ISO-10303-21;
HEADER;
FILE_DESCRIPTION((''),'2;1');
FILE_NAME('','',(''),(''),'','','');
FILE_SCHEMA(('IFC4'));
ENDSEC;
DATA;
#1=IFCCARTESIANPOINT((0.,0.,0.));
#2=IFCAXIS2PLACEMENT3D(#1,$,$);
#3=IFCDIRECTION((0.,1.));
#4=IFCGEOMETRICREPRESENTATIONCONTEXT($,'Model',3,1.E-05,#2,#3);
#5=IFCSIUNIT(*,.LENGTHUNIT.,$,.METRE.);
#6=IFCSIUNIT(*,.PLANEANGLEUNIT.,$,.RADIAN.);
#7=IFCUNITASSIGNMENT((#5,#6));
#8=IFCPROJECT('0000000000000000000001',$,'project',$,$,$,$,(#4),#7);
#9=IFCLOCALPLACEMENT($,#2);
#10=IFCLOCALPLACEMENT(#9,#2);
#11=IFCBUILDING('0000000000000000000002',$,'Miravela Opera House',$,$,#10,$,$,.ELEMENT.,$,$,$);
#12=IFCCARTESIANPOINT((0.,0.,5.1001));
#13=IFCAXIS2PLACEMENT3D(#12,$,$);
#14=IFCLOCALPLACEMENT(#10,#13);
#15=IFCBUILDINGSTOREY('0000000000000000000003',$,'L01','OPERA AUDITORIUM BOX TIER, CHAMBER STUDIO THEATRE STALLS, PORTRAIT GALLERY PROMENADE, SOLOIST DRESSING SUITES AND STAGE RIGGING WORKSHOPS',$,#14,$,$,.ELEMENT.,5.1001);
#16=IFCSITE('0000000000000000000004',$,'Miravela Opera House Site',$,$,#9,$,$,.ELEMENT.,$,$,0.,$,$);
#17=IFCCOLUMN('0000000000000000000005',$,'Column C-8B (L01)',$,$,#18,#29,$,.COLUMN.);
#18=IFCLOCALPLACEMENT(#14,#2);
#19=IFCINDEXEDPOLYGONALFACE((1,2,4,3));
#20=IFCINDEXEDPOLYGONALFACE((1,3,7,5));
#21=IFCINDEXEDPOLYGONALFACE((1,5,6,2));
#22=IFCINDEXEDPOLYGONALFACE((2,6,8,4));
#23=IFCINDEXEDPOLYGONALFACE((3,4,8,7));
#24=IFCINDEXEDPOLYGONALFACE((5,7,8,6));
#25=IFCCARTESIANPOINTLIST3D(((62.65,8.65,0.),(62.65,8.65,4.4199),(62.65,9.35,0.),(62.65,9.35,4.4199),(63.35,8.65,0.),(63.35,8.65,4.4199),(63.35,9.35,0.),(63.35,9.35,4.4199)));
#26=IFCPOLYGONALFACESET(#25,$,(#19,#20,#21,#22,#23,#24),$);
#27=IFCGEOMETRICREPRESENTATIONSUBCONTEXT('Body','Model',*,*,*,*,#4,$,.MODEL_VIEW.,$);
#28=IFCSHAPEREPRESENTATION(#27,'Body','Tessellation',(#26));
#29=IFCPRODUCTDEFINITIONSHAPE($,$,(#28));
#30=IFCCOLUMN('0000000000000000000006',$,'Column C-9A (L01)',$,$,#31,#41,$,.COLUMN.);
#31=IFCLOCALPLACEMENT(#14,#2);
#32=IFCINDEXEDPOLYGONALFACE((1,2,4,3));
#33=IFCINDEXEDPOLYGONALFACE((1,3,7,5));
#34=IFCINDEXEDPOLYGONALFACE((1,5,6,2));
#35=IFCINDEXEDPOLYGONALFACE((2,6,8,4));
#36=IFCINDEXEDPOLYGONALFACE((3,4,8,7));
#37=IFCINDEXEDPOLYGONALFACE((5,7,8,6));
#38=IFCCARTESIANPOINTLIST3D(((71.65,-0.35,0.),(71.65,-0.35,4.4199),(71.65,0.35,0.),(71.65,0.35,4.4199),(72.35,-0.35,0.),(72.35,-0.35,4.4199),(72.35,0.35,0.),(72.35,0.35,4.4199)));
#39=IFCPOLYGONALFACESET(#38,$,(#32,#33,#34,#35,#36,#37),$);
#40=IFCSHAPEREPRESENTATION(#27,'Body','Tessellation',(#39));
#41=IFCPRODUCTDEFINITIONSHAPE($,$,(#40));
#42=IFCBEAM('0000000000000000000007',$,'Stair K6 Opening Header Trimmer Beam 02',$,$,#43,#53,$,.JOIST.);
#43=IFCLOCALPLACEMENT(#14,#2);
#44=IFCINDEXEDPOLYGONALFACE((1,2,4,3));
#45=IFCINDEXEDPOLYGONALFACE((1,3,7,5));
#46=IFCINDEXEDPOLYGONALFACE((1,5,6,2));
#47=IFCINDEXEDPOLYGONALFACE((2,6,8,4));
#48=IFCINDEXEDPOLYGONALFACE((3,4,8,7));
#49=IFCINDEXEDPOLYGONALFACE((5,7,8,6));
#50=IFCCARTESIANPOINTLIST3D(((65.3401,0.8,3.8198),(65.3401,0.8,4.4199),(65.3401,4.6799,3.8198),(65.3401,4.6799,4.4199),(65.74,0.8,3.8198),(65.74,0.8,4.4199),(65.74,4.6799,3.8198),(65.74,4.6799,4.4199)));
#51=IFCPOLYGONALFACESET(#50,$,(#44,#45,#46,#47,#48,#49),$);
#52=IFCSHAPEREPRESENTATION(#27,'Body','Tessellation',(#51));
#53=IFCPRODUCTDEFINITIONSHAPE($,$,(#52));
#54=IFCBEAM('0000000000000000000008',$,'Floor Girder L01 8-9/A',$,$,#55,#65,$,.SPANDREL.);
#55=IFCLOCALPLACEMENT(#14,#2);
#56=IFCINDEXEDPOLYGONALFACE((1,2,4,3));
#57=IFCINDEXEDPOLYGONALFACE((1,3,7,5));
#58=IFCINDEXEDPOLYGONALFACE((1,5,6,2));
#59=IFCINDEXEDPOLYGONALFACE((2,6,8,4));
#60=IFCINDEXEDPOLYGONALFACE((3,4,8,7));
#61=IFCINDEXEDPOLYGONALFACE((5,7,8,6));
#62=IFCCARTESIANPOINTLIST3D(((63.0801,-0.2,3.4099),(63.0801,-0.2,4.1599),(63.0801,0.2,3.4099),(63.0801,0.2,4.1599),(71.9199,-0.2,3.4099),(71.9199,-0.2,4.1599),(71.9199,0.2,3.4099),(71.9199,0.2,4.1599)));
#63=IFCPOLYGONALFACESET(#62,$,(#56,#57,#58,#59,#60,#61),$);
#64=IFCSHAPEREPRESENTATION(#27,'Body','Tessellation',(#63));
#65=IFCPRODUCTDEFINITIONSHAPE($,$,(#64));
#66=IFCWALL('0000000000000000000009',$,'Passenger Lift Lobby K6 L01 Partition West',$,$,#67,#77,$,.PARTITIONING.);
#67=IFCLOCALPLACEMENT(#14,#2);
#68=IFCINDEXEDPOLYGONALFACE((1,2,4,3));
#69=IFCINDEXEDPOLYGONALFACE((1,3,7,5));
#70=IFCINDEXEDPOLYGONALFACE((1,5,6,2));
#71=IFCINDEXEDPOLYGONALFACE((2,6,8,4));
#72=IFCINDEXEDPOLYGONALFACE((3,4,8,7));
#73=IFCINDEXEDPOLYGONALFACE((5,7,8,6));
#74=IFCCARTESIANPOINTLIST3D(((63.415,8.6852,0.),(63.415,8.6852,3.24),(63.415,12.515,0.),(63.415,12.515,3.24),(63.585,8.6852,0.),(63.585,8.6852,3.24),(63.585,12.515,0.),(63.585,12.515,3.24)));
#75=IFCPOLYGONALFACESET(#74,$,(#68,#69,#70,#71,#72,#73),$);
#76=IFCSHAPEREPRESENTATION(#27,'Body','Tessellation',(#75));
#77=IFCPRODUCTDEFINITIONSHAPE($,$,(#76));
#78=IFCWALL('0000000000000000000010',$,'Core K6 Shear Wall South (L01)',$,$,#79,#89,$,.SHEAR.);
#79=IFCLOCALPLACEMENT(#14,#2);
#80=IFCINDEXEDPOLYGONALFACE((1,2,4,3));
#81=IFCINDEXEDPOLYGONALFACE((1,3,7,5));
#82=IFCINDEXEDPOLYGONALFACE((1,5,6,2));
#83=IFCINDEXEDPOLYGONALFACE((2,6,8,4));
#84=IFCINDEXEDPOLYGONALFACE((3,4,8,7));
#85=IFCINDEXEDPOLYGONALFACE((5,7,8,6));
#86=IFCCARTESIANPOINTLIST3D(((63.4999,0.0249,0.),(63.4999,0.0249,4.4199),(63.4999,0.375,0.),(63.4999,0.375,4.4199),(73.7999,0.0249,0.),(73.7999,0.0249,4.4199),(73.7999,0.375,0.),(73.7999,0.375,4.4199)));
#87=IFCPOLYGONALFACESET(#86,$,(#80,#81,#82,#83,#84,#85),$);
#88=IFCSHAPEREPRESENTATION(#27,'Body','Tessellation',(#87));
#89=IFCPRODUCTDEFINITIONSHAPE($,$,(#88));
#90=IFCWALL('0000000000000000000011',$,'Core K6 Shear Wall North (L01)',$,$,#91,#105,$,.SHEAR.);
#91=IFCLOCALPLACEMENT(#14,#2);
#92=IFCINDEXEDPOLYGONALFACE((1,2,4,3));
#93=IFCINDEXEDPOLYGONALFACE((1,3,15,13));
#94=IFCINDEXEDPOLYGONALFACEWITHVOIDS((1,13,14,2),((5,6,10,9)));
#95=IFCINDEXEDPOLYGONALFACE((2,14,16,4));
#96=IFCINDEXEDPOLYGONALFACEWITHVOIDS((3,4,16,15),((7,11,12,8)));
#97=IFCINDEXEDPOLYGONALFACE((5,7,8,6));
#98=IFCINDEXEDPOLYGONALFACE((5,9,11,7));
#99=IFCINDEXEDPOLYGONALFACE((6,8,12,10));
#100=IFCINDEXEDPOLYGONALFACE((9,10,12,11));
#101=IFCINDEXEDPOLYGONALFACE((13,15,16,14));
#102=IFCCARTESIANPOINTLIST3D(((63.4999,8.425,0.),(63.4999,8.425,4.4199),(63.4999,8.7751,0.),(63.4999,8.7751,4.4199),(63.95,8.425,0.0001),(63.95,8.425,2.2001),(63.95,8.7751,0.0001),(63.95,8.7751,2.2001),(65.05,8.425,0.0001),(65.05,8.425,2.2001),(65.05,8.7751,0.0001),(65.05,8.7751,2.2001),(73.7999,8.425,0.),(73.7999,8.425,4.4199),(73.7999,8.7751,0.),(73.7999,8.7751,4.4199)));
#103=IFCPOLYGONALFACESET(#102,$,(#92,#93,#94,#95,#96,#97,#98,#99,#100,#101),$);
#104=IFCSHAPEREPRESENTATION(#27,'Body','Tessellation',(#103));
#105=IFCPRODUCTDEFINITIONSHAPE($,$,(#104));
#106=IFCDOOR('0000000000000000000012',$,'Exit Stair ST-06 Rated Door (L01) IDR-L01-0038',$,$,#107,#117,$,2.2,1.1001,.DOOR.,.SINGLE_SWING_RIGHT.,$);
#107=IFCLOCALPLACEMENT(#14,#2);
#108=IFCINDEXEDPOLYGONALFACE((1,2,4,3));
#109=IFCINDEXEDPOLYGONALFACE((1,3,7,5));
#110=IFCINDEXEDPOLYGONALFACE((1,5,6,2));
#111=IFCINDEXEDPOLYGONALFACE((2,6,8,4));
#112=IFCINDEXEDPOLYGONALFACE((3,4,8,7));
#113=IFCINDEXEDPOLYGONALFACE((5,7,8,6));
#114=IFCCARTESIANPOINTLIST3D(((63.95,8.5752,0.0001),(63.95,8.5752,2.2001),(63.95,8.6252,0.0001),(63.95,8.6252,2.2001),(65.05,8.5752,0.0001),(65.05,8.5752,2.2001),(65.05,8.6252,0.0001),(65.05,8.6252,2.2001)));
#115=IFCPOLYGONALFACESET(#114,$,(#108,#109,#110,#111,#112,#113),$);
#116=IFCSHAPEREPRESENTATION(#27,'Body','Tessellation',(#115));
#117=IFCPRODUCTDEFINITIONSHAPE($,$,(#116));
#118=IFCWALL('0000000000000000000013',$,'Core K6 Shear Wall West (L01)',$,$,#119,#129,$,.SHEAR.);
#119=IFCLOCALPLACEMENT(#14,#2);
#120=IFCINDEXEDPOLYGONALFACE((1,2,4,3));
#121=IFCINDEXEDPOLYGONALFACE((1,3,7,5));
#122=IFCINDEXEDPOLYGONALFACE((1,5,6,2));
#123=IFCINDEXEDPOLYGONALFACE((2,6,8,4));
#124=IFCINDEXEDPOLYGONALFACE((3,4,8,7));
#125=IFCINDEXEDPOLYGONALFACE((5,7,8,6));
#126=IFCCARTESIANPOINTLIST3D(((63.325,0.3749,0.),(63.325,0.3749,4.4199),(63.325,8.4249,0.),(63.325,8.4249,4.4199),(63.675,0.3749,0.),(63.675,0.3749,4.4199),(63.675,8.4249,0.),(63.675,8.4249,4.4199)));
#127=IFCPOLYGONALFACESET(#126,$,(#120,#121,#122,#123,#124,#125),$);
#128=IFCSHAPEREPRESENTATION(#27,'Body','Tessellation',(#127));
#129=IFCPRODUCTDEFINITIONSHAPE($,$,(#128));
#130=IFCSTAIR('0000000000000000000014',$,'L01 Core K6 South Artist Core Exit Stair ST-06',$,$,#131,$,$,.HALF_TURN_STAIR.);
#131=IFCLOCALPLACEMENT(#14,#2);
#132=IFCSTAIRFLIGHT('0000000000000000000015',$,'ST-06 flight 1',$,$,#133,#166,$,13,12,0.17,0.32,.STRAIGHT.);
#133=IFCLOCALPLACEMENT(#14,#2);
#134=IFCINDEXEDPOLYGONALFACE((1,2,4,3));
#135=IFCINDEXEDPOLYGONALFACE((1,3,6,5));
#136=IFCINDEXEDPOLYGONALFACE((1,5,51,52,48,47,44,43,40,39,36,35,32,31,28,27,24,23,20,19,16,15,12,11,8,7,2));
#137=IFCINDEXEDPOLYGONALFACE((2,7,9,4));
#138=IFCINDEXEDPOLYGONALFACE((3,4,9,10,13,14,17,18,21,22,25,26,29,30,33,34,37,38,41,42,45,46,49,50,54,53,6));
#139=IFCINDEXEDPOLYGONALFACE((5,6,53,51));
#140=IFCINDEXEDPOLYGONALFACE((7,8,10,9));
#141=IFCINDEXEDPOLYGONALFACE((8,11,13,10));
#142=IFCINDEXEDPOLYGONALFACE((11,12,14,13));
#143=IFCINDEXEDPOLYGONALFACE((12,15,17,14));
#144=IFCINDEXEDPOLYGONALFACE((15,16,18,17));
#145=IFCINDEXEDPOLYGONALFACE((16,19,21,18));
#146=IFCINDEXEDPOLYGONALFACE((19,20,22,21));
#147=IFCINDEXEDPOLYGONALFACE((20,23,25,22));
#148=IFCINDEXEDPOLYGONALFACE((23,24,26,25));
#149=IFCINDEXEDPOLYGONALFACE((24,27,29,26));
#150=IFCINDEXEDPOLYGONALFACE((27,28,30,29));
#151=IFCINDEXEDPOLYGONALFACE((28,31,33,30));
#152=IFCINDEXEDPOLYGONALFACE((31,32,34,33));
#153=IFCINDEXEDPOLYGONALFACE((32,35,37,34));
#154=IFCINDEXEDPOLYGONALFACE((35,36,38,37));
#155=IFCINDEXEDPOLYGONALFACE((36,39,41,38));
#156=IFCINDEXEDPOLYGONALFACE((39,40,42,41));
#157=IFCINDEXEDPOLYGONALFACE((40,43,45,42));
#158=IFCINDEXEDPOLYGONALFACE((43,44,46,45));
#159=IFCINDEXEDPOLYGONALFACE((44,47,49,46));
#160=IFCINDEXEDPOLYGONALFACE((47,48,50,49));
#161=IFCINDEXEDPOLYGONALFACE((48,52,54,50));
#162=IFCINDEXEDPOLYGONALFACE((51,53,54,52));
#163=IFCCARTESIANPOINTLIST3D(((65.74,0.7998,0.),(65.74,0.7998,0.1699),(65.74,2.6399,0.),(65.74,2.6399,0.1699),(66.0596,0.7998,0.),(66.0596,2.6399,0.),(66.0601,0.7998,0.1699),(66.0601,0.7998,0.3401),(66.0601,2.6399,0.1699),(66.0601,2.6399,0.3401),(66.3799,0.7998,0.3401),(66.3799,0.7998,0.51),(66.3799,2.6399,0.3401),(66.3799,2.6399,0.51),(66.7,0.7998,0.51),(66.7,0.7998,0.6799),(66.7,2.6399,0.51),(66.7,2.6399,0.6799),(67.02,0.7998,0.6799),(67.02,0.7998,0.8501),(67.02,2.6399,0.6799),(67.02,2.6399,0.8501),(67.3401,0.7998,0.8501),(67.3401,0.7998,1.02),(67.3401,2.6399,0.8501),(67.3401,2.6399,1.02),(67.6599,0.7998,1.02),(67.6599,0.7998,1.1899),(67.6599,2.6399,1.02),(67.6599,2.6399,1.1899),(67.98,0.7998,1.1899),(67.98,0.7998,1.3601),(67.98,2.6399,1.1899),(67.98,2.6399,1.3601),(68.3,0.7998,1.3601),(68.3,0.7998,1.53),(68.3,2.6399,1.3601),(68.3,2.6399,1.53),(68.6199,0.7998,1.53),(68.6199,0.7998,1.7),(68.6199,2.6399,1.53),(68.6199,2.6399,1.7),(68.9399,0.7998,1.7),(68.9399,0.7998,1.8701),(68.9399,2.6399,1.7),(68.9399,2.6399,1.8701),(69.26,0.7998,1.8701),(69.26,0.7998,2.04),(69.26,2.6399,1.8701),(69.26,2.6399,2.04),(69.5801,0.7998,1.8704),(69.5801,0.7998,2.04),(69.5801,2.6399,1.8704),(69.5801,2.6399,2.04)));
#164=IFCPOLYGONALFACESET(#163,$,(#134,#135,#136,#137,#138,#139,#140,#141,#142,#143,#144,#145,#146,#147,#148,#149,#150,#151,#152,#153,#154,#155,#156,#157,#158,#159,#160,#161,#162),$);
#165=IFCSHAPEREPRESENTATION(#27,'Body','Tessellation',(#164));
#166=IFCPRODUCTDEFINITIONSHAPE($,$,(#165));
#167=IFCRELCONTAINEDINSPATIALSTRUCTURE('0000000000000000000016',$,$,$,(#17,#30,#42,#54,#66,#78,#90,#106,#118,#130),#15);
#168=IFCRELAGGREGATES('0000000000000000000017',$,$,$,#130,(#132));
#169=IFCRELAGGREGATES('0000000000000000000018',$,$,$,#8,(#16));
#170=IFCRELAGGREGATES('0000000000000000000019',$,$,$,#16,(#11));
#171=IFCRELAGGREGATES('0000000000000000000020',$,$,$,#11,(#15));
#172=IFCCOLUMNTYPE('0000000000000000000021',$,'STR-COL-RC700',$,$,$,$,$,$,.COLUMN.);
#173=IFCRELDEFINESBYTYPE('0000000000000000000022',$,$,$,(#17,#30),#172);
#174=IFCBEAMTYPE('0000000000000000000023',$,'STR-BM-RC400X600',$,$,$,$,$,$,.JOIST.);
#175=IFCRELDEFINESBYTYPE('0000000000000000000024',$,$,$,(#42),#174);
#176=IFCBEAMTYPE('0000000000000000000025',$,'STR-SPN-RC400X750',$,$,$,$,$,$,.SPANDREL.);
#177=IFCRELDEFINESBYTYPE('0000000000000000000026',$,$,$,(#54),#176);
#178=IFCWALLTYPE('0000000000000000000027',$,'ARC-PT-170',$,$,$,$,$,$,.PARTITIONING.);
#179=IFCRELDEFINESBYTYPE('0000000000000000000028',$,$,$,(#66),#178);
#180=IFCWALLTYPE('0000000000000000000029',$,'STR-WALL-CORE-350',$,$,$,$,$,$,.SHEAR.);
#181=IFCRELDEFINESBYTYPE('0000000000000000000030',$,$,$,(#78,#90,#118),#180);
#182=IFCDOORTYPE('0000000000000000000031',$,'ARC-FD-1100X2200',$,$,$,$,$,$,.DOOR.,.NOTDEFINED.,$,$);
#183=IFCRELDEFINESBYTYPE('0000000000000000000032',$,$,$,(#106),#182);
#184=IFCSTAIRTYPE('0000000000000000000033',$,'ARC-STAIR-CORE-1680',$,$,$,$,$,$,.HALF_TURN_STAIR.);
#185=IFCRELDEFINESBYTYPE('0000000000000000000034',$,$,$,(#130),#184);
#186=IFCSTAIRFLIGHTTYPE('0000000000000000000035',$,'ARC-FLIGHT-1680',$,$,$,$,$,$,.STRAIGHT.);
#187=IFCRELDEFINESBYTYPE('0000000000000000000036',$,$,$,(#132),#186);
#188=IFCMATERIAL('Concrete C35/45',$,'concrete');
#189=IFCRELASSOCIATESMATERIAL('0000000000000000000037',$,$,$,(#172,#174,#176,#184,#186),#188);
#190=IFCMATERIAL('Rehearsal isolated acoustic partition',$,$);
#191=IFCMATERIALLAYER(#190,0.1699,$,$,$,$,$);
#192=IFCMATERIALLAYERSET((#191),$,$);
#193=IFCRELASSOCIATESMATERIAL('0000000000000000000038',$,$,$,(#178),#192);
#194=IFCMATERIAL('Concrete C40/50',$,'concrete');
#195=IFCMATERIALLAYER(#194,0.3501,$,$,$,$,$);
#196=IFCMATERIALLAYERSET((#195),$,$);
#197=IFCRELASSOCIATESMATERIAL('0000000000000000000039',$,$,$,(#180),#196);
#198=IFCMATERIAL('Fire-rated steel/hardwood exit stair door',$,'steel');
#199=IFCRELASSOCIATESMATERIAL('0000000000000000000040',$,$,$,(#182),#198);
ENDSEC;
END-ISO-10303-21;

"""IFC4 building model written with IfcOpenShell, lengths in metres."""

from ifc_helpers import new_model, si_unit, direction, frame, frame_2d, origin, origin_2d, place, context, subcontext, project, spatial, polyline, rectangle, outline, extrude, material, layer, layer_set, material_profile, profile_set, type_object, element, fill, aggregate, save


model = new_model("IFC4")

# Units and contexts
model_context = context("Model", 3, precision=1e-05, world=origin(), true_north=direction((0.0, 1.0)))
body_context = subcontext(model_context, "Body", "Model", "MODEL_VIEW")
ifc_project = project(units=[si_unit("LENGTHUNIT", "METRE"), si_unit("PLANEANGLEUNIT", "RADIAN")], contexts=[model_context])

# Site, building, storey
site_placement = place(None, origin())
site = spatial("IfcSite", under=ifc_project, at=site_placement, Name="Miravela Opera House Site", CompositionType="ELEMENT", RefElevation=0.0)
building_placement = place(site_placement, origin())
building = spatial("IfcBuilding", under=site, at=building_placement, Name="Miravela Opera House", CompositionType="ELEMENT")
storey_placement = place(building_placement, frame((0.0, 0.0, 5.1001)))
storey = spatial("IfcBuildingStorey", under=building, at=storey_placement, Name="L01", Description="OPERA AUDITORIUM BOX TIER, CHAMBER STUDIO THEATRE STALLS, PORTRAIT GALLERY PROMENADE, SOLOIST DRESSING SUITES AND STAGE RIGGING WORKSHOPS", CompositionType="ELEMENT", Elevation=5.1001)

# Columns
ifc_material_1 = material(Name="Concrete C35/45", Category="concrete")
ifc_material_profile_1 = material_profile(ifc_material_1, rectangle(XDim=0.7, YDim=0.7, at=origin_2d()), Name="RC-COL-700X700")
ifc_profile_set_1 = profile_set([ifc_material_profile_1])
column_type_1 = type_object("IfcColumnType", Name="STR-COL-RC700", PredefinedType="COLUMN", material=ifc_profile_set_1)
for number, where, z_axis, x_axis, name in (
    (1, (63.0, 9.0, 0.0), (0.0, 0.0, 1.0), (1.0, 0.0, 0.0), "Column C-8B (L01)"),
    (2, (72.0, 0.0, 0.0), (0.0, 0.0, 1.0), (1.0, 0.0, 0.0), "Column C-9A (L01)"),
):
    element("IfcColumn", number, at=place(storey_placement, frame(where, z_axis=z_axis, x_axis=x_axis)), inside=storey, type_object=column_type_1, Name=name, PredefinedType="COLUMN", context=body_context, shape_type="SweptSolid", body=[
        extrude(rectangle(XDim=0.7, YDim=0.7, at=origin_2d()), origin(), (0.0, 0.0, 1.0), 4.4199),
    ])

# Beams
ifc_material_profile_2 = material_profile(ifc_material_1, rectangle(XDim=0.3999, YDim=0.6001, at=origin_2d()), Name="RC-BM-400X600")
ifc_profile_set_2 = profile_set([ifc_material_profile_2])
beam_type_1 = type_object("IfcBeamType", Name="STR-BM-RC400X600", PredefinedType="JOIST", material=ifc_profile_set_2)
beam_1_placement = place(storey_placement, frame((65.54, 0.8, 4.1199), z_axis=(0.0, 1.0, 0.0), x_axis=(-1.0, 0.0, 0.0)))
element("IfcBeam", 3, at=beam_1_placement, inside=storey, type_object=beam_type_1, Name="Stair K6 Opening Header Trimmer Beam 02", PredefinedType="JOIST", context=body_context, shape_type="SweptSolid", body=[
    extrude(rectangle(XDim=0.3999, YDim=0.6001, at=origin_2d()), origin(), (0.0, 0.0, 1.0), 3.8799),
])
ifc_material_profile_3 = material_profile(ifc_material_1, rectangle(XDim=0.3999, YDim=0.75, at=origin_2d()), Name="RC-SPN-400X750")
ifc_profile_set_3 = profile_set([ifc_material_profile_3])
beam_type_2 = type_object("IfcBeamType", Name="STR-SPN-RC400X750", PredefinedType="SPANDREL", material=ifc_profile_set_3)
beam_2_placement = place(storey_placement, frame((63.0801, 0.0, 3.7849), z_axis=(1.0, 0.0, 0.0), x_axis=(0.0, 1.0, 0.0)))
element("IfcBeam", 4, at=beam_2_placement, inside=storey, type_object=beam_type_2, Name="Floor Girder L01 8-9/A", PredefinedType="SPANDREL", context=body_context, shape_type="SweptSolid", body=[
    extrude(rectangle(XDim=0.3999, YDim=0.75, at=origin_2d()), origin(), (0.0, 0.0, 1.0), 8.8398),
])

# Walls
ifc_material_2 = material(Name="Rehearsal isolated acoustic partition")
ifc_layer_1 = layer(ifc_material_2, 0.1699)
ifc_layer_set_1 = layer_set([ifc_layer_1])
wall_type_1 = type_object("IfcWallType", Name="ARC-PT-170", PredefinedType="PARTITIONING", material=ifc_layer_set_1)
wall_1_placement = place(storey_placement, frame((63.5, 8.6851, 0.0), z_axis=(0.0, 0.0, 1.0), x_axis=(0.0, 1.0, 0.0)))
element("IfcWall", 5, at=wall_1_placement, inside=storey, type_object=wall_type_1, Name="Passenger Lift Lobby K6 L01 Partition West", PredefinedType="PARTITIONING", context=body_context, shape_type="SweptSolid", body=[
    extrude(rectangle(XDim=3.8298, YDim=0.1699, at=frame_2d((1.915, 0.0))), origin(), (0.0, 0.0, 1.0), 3.24),
])
ifc_material_3 = material(Name="Concrete C40/50", Category="concrete")
ifc_layer_2 = layer(ifc_material_3, 0.3501)
ifc_layer_set_2 = layer_set([ifc_layer_2])
wall_type_2 = type_object("IfcWallType", Name="STR-WALL-CORE-350", PredefinedType="SHEAR", material=ifc_layer_set_2)
wall_2_placement = place(storey_placement, frame((63.5, 0.2, 0.0), z_axis=(0.0, 0.0, 1.0), x_axis=(1.0, 0.0, 0.0)))
element("IfcWall", 6, at=wall_2_placement, inside=storey, type_object=wall_type_2, Name="Core K6 Shear Wall South (L01)", PredefinedType="SHEAR", context=body_context, shape_type="SweptSolid", body=[
    extrude(rectangle(XDim=10.3, YDim=0.3501, at=frame_2d((5.1499, 0.0))), origin(), (0.0, 0.0, 1.0), 4.4199),
])

# Wall, opening, door
wall_3_placement = place(storey_placement, frame((63.5, 8.6001, 0.0), z_axis=(0.0, 0.0, 1.0), x_axis=(1.0, 0.0, 0.0)))
wall_3 = element("IfcWall", 7, at=wall_3_placement, inside=storey, type_object=wall_type_2, Name="Core K6 Shear Wall North (L01)", PredefinedType="SHEAR", context=body_context, shape_type="SweptSolid", body=[
    extrude(rectangle(XDim=10.3, YDim=0.3501, at=frame_2d((5.1499, 0.0))), origin(), (0.0, 0.0, 1.0), 4.4199),
])
opening_placement = place(wall_3_placement, frame((0.45, 0.0, 0.0)))
opening = element("IfcOpeningElement", 8, at=opening_placement, cuts=wall_3, PredefinedType="OPENING", context=body_context, shape_type="SweptSolid", body=[
    extrude(rectangle(XDim=1.1001, YDim=2.2, at=frame_2d((0.55, 1.1001))), frame((0.0, 0.1851, 0.0), z_axis=(0.0, -1.0, 0.0), x_axis=(1.0, 0.0, 0.0)), (0.0, 0.0, 1.0), 0.3701),
])
ifc_material_4 = material(Name="Fire-rated steel/hardwood exit stair door", Category="steel")
door_type = type_object("IfcDoorType", Name="ARC-FD-1100X2200", OperationType="NOTDEFINED", PredefinedType="DOOR", material=ifc_material_4)
door_placement = place(opening_placement, frame((1.1001, 0.0, 0.0), z_axis=(0.0, 0.0, 1.0), x_axis=(-1.0, 0.0, 0.0)))
door = element("IfcDoor", 9, at=door_placement, inside=storey, type_object=door_type, Name="Exit Stair ST-06 Rated Door (L01) IDR-L01-0038", OperationType="SINGLE_SWING_RIGHT", OverallHeight=2.2, OverallWidth=1.1001, PredefinedType="DOOR", context=body_context, shape_type="SweptSolid", body=[
    extrude(rectangle(XDim=1.1001, YDim=2.2, at=frame_2d((0.55, 1.1001))), frame((0.0, 0.0249, 0.0), z_axis=(0.0, -1.0, 0.0), x_axis=(1.0, 0.0, 0.0)), (0.0, 0.0, 1.0), 0.05),
])
fill(opening, door)

# Wall
wall_4_placement = place(storey_placement, frame((63.5, 0.375, 0.0), z_axis=(0.0, 0.0, 1.0), x_axis=(0.0, 1.0, 0.0)))
element("IfcWall", 10, at=wall_4_placement, inside=storey, type_object=wall_type_2, Name="Core K6 Shear Wall West (L01)", PredefinedType="SHEAR", context=body_context, shape_type="SweptSolid", body=[
    extrude(rectangle(XDim=8.05, YDim=0.3501, at=frame_2d((4.0249, 0.0))), origin(), (0.0, 0.0, 1.0), 4.4199),
])

# Stair, stair flight
stair_type = type_object("IfcStairType", Name="ARC-STAIR-CORE-1680", PredefinedType="HALF_TURN_STAIR", material=ifc_material_1)
stair_placement = place(storey_placement, origin())
stair = element("IfcStair", 11, at=stair_placement, inside=storey, type_object=stair_type, Name="L01 Core K6 South Artist Core Exit Stair ST-06", PredefinedType="HALF_TURN_STAIR")
stair_flight_type = type_object("IfcStairFlightType", Name="ARC-FLIGHT-1680", PredefinedType="STRAIGHT", material=ifc_material_1)
stair_flight_1_placement = place(storey_placement, frame((65.74, 1.72, 0.0), z_axis=(0.0, 0.0, 1.0), x_axis=(1.0, 0.0, 0.0)))
stair_flight_1 = element("IfcStairFlight", 12, at=stair_flight_1_placement, type_object=stair_flight_type, Name="ST-06 flight 1", NumberOfRisers=13, NumberOfTreads=12, PredefinedType="STRAIGHT", RiserHeight=0.17, TreadLength=0.32, context=body_context, shape_type="SweptSolid", body=[
    extrude(outline(polyline([(0.0, 0.0), (0.0, 0.1699), (0.3201, 0.1699), (0.3201, 0.3401), (0.6399, 0.3401), (0.6399, 0.51), (0.96, 0.51), (0.96, 0.6799), (1.28, 0.6799), (1.28, 0.8501), (1.6001, 0.8501), (1.6001, 1.02), (1.9199, 1.02), (1.9199, 1.1899), (2.24, 1.1899), (2.24, 1.3601), (2.5601, 1.3601), (2.5601, 1.53), (2.8799, 1.53), (2.8799, 1.7), (3.2, 1.7), (3.2, 1.8701), (3.52, 1.8701), (3.52, 2.04), (3.8401, 2.04), (3.8401, 2.21), (3.8401, 1.8704), (0.3196, 0.0), (0.0, 0.0)])), frame((0.0, 0.9199, 0.0), z_axis=(0.0, -1.0, 0.0), x_axis=(1.0, 0.0, 0.0)), (0.0, 0.0, 1.0), 1.8401),
])
aggregate(stair, [stair_flight_1])

save(model, "model.ifc")
